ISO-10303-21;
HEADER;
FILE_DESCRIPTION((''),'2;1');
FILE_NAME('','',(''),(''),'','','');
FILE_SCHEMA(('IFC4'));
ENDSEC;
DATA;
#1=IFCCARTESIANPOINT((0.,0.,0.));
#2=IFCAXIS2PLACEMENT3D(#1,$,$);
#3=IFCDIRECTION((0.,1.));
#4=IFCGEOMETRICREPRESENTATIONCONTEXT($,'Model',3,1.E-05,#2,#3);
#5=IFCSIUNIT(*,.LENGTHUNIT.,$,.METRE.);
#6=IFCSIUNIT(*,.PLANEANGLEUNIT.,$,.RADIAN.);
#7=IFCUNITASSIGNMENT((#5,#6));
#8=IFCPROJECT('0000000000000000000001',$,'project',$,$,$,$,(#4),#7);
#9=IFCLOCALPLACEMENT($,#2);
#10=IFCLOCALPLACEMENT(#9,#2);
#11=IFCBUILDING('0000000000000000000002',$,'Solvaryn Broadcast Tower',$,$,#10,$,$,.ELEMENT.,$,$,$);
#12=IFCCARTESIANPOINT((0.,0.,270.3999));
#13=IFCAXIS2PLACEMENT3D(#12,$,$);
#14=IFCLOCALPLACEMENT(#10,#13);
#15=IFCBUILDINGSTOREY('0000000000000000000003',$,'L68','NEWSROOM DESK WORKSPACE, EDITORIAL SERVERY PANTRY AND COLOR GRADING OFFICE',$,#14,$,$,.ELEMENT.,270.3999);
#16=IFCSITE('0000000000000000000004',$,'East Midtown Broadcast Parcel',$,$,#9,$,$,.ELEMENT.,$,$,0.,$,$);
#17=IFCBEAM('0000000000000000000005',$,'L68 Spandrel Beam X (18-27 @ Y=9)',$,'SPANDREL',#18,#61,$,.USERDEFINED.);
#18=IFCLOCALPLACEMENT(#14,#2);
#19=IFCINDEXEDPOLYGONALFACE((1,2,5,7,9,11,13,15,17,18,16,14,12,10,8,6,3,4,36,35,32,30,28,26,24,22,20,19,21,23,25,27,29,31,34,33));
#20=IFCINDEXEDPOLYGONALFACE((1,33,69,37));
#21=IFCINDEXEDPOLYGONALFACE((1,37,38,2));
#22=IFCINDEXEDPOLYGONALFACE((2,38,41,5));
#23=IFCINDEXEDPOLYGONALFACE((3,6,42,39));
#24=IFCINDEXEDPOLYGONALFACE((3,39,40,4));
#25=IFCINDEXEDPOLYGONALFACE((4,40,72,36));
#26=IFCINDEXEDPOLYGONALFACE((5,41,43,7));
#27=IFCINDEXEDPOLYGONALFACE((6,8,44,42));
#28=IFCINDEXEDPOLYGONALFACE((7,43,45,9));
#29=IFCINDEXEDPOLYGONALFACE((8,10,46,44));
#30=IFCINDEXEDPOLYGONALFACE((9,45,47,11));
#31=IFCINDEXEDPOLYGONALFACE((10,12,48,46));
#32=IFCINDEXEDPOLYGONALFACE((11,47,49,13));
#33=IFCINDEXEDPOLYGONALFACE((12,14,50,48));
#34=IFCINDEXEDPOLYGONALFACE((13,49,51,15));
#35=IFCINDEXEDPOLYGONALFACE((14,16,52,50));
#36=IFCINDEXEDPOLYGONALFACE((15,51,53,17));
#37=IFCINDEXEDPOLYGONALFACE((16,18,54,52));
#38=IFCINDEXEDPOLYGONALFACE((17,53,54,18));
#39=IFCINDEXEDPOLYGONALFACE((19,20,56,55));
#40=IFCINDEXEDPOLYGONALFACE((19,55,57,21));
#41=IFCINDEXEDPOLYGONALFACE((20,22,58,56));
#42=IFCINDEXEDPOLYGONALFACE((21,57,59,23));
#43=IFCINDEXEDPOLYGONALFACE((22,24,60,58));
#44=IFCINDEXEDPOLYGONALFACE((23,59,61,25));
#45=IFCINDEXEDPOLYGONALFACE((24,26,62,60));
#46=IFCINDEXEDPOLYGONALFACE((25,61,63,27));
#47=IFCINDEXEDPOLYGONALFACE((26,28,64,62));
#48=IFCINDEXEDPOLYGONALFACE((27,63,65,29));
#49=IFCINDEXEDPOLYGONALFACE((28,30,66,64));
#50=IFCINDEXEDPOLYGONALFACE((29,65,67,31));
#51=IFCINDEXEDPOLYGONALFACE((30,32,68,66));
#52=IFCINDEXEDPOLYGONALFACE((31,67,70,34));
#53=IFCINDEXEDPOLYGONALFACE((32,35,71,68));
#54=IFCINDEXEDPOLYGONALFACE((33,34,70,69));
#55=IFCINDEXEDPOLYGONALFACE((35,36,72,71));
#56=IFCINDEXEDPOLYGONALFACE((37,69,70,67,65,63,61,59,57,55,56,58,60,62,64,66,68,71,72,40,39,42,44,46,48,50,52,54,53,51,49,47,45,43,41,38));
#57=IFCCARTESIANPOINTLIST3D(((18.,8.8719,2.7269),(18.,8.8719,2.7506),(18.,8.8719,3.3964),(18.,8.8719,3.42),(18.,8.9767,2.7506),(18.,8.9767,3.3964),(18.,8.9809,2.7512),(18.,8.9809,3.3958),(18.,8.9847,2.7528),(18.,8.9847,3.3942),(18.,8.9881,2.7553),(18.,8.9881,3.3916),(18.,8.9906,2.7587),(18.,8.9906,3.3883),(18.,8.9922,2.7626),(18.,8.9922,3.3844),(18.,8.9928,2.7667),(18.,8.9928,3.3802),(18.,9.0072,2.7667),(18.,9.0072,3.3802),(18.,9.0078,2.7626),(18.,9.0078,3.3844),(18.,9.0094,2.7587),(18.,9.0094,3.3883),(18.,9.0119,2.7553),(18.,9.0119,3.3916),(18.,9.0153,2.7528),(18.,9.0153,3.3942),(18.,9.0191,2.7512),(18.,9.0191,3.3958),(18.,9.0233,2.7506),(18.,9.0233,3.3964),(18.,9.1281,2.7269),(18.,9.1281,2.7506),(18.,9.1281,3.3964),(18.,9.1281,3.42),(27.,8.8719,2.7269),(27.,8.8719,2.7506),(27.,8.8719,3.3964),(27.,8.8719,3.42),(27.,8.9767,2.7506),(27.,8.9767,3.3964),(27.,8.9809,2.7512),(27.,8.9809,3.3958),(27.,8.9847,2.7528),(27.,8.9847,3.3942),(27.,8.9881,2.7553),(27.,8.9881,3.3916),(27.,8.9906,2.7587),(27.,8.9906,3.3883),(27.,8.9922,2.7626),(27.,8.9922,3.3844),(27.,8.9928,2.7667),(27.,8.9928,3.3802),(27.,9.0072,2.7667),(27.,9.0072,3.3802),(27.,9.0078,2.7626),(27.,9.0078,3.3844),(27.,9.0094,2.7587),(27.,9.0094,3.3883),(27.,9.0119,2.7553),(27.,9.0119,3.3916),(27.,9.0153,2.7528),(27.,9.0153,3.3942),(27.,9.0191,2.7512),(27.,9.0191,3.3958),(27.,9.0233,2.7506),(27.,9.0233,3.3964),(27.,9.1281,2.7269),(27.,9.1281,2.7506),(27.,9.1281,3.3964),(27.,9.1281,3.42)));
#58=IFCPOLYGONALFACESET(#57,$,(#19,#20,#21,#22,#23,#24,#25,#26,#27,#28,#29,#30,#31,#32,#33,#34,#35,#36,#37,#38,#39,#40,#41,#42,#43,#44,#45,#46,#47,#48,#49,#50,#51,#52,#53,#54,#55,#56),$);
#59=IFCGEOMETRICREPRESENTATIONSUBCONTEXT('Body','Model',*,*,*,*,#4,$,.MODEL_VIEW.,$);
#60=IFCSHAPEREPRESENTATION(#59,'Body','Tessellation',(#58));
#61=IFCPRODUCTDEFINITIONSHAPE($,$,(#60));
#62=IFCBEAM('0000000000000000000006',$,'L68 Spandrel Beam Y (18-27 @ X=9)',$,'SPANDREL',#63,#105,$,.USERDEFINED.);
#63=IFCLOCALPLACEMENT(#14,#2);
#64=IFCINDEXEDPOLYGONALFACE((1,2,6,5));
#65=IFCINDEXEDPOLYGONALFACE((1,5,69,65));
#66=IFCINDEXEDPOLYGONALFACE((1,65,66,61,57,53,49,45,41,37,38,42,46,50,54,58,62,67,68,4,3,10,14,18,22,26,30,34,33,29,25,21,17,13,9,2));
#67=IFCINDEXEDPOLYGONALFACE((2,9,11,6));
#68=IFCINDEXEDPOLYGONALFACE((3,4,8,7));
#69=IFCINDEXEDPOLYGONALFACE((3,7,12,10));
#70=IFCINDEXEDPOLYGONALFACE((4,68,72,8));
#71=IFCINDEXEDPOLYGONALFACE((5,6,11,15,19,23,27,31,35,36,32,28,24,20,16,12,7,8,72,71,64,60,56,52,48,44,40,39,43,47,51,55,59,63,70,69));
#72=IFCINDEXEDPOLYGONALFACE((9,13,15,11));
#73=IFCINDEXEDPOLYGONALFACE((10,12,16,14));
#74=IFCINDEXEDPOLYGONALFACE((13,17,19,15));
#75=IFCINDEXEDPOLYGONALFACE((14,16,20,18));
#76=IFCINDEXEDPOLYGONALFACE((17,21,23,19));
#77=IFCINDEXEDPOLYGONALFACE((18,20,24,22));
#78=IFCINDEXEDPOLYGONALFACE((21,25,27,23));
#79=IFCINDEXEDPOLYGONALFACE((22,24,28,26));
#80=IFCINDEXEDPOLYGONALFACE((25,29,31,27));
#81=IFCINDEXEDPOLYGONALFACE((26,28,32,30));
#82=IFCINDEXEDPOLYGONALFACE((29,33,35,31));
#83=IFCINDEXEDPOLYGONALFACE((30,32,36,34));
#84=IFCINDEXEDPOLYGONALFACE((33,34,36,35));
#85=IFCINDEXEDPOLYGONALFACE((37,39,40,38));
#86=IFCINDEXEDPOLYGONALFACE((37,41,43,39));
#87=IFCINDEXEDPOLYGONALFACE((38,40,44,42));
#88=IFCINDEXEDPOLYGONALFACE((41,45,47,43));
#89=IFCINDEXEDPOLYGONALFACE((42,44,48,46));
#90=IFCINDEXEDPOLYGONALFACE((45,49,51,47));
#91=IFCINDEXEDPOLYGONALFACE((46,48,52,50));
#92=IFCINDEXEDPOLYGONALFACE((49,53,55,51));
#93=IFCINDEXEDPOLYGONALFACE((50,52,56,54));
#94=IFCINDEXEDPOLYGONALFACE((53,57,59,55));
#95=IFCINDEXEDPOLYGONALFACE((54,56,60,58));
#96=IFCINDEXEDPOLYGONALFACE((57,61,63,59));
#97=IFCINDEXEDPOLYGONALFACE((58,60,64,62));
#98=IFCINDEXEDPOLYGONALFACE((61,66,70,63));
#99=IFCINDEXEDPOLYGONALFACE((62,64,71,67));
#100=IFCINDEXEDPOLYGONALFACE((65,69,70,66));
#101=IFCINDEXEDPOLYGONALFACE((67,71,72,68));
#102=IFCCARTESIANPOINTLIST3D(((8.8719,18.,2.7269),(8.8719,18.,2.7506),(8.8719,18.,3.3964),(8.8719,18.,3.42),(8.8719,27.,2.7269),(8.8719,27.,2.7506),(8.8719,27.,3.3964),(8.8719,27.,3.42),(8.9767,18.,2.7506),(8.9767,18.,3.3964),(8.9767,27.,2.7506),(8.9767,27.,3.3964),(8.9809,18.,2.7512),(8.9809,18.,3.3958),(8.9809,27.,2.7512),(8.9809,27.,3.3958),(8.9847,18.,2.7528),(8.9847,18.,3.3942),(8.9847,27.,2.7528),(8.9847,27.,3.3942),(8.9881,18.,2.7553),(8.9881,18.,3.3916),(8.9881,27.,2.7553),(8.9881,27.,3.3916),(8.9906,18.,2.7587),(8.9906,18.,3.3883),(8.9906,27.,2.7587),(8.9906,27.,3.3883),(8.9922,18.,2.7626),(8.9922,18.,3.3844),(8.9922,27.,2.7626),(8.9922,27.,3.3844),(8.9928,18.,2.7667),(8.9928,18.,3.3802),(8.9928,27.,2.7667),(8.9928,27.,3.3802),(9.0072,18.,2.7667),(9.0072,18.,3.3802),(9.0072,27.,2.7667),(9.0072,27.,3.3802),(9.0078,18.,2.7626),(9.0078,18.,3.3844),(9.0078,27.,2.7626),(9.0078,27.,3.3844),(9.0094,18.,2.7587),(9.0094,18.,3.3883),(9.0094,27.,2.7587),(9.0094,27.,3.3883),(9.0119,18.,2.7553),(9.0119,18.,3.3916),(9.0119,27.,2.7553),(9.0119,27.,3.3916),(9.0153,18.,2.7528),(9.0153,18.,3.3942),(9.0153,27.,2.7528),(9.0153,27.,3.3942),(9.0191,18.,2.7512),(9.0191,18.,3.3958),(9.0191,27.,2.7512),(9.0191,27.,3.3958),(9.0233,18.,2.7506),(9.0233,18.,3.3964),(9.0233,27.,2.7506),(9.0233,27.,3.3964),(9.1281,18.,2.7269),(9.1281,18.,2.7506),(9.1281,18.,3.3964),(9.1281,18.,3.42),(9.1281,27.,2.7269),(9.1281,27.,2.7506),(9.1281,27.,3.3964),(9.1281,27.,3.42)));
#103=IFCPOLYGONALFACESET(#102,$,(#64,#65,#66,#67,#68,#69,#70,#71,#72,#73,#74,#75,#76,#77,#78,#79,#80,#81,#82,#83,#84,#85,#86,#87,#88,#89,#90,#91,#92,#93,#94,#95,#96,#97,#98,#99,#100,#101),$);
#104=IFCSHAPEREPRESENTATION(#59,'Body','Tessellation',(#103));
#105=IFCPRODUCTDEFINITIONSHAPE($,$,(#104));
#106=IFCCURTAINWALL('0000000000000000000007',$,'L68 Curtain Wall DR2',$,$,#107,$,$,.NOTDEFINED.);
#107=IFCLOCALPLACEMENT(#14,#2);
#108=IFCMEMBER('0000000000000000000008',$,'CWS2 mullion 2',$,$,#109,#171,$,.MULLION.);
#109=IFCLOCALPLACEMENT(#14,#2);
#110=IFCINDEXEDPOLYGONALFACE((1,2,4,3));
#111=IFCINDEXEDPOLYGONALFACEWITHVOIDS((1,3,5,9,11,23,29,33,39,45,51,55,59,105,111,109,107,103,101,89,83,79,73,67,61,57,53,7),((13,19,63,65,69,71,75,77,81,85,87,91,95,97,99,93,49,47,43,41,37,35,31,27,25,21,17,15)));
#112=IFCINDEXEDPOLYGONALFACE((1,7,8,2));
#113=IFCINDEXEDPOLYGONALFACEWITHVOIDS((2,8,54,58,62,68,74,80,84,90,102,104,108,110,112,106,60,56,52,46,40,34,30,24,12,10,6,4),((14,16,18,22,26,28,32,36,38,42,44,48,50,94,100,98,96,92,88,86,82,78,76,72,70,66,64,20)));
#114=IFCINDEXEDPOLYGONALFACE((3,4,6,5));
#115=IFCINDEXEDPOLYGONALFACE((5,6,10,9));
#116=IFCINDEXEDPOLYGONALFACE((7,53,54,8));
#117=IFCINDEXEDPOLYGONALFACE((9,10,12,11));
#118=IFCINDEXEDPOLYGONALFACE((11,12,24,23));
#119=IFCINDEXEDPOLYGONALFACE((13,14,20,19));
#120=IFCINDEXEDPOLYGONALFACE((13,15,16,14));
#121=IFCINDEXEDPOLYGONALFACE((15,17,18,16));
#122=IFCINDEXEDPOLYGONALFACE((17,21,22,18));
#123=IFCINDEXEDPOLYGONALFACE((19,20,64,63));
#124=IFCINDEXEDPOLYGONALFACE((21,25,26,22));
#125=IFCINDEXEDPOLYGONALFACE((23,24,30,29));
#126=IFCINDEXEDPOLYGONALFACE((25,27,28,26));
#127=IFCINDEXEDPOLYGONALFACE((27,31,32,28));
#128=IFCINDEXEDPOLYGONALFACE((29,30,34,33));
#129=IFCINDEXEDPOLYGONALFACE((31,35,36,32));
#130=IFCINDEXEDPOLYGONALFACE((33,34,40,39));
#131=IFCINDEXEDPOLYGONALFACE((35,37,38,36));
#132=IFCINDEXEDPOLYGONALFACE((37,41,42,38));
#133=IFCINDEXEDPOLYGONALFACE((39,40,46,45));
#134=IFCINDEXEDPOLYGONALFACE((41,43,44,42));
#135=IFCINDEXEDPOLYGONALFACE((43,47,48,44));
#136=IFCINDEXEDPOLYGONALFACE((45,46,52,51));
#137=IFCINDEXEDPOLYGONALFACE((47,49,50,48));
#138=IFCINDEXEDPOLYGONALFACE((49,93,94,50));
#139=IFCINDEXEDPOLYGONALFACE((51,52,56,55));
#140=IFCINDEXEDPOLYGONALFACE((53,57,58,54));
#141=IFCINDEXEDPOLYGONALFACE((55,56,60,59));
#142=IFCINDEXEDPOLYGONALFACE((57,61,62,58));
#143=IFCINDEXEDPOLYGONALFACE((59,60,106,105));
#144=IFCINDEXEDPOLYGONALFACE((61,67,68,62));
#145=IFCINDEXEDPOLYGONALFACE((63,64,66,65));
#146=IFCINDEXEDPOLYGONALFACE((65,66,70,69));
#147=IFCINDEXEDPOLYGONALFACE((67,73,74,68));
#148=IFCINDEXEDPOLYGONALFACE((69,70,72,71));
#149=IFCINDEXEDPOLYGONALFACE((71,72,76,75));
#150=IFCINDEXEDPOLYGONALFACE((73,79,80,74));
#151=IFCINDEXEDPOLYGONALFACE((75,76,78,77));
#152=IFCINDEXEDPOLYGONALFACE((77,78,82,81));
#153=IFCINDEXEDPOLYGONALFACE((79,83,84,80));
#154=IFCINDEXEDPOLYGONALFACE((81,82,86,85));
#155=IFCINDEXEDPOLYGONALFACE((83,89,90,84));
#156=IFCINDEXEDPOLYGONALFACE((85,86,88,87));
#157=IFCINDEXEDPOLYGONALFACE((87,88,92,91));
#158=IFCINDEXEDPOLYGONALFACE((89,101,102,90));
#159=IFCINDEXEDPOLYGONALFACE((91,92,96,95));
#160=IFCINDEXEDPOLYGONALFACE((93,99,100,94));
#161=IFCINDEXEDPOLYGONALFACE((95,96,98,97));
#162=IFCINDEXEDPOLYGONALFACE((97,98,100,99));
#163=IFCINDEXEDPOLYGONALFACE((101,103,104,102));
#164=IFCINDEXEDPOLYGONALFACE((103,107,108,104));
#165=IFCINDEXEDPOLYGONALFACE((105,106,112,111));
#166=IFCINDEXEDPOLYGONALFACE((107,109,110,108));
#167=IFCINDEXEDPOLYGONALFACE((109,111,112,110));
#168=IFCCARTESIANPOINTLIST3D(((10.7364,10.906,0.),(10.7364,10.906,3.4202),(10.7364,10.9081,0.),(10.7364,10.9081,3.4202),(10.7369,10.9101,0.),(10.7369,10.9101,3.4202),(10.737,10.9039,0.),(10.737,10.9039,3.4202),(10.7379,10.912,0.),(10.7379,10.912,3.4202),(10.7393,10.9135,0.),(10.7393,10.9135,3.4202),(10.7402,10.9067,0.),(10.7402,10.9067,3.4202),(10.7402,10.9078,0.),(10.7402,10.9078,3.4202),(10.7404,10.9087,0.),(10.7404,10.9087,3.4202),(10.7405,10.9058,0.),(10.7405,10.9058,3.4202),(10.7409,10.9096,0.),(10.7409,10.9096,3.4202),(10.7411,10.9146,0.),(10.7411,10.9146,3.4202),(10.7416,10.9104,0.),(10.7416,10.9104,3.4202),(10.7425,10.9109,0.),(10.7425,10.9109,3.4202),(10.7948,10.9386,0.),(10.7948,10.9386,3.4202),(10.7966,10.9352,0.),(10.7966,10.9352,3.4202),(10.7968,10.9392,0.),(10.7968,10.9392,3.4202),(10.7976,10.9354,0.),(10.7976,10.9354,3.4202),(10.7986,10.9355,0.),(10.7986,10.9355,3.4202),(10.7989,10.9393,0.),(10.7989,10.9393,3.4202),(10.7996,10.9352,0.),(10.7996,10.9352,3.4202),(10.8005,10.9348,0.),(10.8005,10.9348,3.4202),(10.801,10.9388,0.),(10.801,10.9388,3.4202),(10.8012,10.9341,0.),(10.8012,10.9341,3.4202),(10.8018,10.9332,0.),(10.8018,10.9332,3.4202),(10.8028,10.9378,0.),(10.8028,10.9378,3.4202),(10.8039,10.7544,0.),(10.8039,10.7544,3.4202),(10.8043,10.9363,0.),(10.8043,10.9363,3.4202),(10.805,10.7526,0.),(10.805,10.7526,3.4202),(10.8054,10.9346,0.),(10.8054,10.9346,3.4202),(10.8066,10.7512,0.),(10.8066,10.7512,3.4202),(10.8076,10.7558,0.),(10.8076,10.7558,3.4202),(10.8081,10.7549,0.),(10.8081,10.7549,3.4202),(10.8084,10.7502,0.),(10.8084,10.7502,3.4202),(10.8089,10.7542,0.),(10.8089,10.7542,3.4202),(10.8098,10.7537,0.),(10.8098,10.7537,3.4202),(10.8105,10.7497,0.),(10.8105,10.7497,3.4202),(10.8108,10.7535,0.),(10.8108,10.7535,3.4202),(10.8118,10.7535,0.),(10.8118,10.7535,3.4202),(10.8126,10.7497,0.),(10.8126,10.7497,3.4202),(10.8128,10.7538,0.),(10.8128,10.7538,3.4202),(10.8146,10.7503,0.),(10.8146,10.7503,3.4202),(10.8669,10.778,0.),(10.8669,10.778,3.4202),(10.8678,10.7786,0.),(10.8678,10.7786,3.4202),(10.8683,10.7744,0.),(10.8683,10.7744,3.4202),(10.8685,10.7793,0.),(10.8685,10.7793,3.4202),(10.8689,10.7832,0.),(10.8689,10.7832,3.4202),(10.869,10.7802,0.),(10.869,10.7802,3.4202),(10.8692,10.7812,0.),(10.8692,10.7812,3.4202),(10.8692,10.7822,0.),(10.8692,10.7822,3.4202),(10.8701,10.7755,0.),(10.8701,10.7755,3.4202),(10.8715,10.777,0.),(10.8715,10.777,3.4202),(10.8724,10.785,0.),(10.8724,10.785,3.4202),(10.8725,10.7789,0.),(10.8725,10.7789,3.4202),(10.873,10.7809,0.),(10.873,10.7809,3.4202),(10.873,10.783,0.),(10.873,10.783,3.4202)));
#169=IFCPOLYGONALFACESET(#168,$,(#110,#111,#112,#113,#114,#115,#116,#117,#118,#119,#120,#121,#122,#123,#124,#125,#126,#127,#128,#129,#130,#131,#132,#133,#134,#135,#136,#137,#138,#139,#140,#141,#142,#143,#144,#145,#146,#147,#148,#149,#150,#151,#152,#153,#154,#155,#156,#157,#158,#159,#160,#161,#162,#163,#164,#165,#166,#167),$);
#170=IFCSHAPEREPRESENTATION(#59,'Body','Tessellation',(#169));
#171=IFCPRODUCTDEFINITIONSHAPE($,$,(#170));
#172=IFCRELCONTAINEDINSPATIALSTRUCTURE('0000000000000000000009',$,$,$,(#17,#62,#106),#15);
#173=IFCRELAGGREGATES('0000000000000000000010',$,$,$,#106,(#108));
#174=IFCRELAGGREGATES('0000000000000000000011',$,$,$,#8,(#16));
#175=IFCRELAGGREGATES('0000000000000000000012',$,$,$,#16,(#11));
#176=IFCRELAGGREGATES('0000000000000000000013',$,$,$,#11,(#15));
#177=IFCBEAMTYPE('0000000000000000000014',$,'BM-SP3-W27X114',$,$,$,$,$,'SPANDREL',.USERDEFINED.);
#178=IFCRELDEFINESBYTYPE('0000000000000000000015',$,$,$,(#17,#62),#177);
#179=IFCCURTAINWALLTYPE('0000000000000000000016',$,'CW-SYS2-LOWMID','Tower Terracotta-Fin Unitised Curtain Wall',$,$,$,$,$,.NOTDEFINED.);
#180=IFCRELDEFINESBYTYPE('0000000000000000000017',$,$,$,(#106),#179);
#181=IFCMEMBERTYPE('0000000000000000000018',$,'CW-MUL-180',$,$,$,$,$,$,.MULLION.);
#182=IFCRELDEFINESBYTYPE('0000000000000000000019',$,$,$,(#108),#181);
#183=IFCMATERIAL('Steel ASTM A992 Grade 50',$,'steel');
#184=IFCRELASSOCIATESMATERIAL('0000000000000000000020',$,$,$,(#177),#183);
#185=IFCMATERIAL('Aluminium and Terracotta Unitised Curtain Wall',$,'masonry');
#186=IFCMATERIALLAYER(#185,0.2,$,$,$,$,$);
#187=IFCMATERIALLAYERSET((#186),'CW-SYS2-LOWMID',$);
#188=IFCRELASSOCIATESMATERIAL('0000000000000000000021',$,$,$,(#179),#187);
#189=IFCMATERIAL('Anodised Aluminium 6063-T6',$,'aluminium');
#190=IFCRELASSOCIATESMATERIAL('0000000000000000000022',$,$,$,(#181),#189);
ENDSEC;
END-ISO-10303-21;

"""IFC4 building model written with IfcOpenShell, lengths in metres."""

from ifc_helpers import new_model, si_unit, direction, frame, origin, origin_2d, place, context, subcontext, project, spatial, hollow_rectangle, i_section, extrude, material, layer, layer_set, material_profile, profile_set, type_object, element, aggregate, save


model = new_model("IFC4")

# Units and contexts
model_context = context("Model", 3, precision=1e-05, world=origin(), true_north=direction((0.0, 1.0)))
body_context = subcontext(model_context, "Body", "Model", "MODEL_VIEW")
ifc_project = project(units=[si_unit("LENGTHUNIT", "METRE"), si_unit("PLANEANGLEUNIT", "RADIAN")], contexts=[model_context])

# Site, building, storey
site_placement = place(None, origin())
site = spatial("IfcSite", under=ifc_project, at=site_placement, Name="East Midtown Broadcast Parcel", CompositionType="ELEMENT", RefElevation=0.0)
building_placement = place(site_placement, origin())
building = spatial("IfcBuilding", under=site, at=building_placement, Name="Solvaryn Broadcast Tower", CompositionType="ELEMENT")
storey_placement = place(building_placement, frame((0.0, 0.0, 270.3999)))
storey = spatial("IfcBuildingStorey", under=building, at=storey_placement, Name="L68", Description="NEWSROOM DESK WORKSPACE, EDITORIAL SERVERY PANTRY AND COLOR GRADING OFFICE", CompositionType="ELEMENT", Elevation=270.3999)

# Beams
ifc_material_1 = material(Name="Steel ASTM A992 Grade 50", Category="steel")
ifc_material_profile_1 = material_profile(ifc_material_1, i_section(OverallWidth=0.2561, OverallDepth=0.6931, WebThickness=0.0144, FlangeThickness=0.0237, FilletRadius=0.0161, at=origin_2d()))
ifc_profile_set_1 = profile_set([ifc_material_profile_1], Name="Steel ASTM A992 Grade 50")
beam_type_1 = type_object("IfcBeamType", Name="BM-SP3-W27X114", ElementType="SPANDREL", PredefinedType="USERDEFINED", material=ifc_profile_set_1)
for number, where, z_axis, x_axis, name in (
    (1, (18.0, 9.0, 3.0735), (1.0, 0.0, 0.0), (0.0, 1.0, 0.0), "L68 Spandrel Beam X (18-27 @ Y=9)"),
    (2, (9.0, 18.0, 3.0735), (0.0, 1.0, 0.0), (-1.0, 0.0, 0.0), "L68 Spandrel Beam Y (18-27 @ X=9)"),
):
    element("IfcBeam", number, at=place(storey_placement, frame(where, z_axis=z_axis, x_axis=x_axis)), inside=storey, type_object=beam_type_1, Name=name, ObjectType="SPANDREL", PredefinedType="USERDEFINED", context=body_context, shape_type="SweptSolid", body=[
        extrude(i_section(OverallWidth=0.2561, OverallDepth=0.6931, WebThickness=0.0144, FlangeThickness=0.0237, FilletRadius=0.0161, at=origin_2d()), origin(), (0.0, 0.0, 1.0), 9.0),
    ])

# Curtain wall, member
ifc_material_2 = material(Name="Aluminium and Terracotta Unitised Curtain Wall", Category="masonry")
ifc_layer_1 = layer(ifc_material_2, 0.2)
ifc_layer_set_1 = layer_set([ifc_layer_1], Name="CW-SYS2-LOWMID")
curtain_wall_type = type_object("IfcCurtainWallType", Name="CW-SYS2-LOWMID", Description="Tower Terracotta-Fin Unitised Curtain Wall", PredefinedType="NOTDEFINED", material=ifc_layer_set_1)
curtain_wall_1_placement = place(storey_placement, origin())
curtain_wall_1 = element("IfcCurtainWall", 3, at=curtain_wall_1_placement, inside=storey, type_object=curtain_wall_type, Name="L68 Curtain Wall DR2", PredefinedType="NOTDEFINED")
ifc_material_3 = material(Name="Anodised Aluminium 6063-T6", Category="aluminium")
ifc_material_profile_2 = material_profile(ifc_material_3, hollow_rectangle(XDim=0.075, YDim=0.1799, WallThickness=0.0039, InnerFilletRadius=0.0039, OuterFilletRadius=0.0081, at=origin_2d()))
ifc_profile_set_2 = profile_set([ifc_material_profile_2], Name="Anodised Aluminium 6063-T6")
member_type_1 = type_object("IfcMemberType", Name="CW-MUL-180", PredefinedType="MULLION", material=ifc_profile_set_2)
member_1_placement = place(storey_placement, frame((10.8047, 10.8445, 0.0), z_axis=(0.0, 0.0, 1.0), x_axis=(0.912774, 0.408466, 0.0)))
member_1 = element("IfcMember", 4, at=member_1_placement, type_object=member_type_1, Name="CWS2 mullion 2", PredefinedType="MULLION", context=body_context, shape_type="SweptSolid", body=[
    extrude(hollow_rectangle(XDim=0.075, YDim=0.1799, WallThickness=0.0039, InnerFilletRadius=0.0039, OuterFilletRadius=0.0081, at=origin_2d()), origin(), (0.0, 0.0, 1.0), 3.4202),
])
aggregate(curtain_wall_1, [member_1])

save(model, "model.ifc")
